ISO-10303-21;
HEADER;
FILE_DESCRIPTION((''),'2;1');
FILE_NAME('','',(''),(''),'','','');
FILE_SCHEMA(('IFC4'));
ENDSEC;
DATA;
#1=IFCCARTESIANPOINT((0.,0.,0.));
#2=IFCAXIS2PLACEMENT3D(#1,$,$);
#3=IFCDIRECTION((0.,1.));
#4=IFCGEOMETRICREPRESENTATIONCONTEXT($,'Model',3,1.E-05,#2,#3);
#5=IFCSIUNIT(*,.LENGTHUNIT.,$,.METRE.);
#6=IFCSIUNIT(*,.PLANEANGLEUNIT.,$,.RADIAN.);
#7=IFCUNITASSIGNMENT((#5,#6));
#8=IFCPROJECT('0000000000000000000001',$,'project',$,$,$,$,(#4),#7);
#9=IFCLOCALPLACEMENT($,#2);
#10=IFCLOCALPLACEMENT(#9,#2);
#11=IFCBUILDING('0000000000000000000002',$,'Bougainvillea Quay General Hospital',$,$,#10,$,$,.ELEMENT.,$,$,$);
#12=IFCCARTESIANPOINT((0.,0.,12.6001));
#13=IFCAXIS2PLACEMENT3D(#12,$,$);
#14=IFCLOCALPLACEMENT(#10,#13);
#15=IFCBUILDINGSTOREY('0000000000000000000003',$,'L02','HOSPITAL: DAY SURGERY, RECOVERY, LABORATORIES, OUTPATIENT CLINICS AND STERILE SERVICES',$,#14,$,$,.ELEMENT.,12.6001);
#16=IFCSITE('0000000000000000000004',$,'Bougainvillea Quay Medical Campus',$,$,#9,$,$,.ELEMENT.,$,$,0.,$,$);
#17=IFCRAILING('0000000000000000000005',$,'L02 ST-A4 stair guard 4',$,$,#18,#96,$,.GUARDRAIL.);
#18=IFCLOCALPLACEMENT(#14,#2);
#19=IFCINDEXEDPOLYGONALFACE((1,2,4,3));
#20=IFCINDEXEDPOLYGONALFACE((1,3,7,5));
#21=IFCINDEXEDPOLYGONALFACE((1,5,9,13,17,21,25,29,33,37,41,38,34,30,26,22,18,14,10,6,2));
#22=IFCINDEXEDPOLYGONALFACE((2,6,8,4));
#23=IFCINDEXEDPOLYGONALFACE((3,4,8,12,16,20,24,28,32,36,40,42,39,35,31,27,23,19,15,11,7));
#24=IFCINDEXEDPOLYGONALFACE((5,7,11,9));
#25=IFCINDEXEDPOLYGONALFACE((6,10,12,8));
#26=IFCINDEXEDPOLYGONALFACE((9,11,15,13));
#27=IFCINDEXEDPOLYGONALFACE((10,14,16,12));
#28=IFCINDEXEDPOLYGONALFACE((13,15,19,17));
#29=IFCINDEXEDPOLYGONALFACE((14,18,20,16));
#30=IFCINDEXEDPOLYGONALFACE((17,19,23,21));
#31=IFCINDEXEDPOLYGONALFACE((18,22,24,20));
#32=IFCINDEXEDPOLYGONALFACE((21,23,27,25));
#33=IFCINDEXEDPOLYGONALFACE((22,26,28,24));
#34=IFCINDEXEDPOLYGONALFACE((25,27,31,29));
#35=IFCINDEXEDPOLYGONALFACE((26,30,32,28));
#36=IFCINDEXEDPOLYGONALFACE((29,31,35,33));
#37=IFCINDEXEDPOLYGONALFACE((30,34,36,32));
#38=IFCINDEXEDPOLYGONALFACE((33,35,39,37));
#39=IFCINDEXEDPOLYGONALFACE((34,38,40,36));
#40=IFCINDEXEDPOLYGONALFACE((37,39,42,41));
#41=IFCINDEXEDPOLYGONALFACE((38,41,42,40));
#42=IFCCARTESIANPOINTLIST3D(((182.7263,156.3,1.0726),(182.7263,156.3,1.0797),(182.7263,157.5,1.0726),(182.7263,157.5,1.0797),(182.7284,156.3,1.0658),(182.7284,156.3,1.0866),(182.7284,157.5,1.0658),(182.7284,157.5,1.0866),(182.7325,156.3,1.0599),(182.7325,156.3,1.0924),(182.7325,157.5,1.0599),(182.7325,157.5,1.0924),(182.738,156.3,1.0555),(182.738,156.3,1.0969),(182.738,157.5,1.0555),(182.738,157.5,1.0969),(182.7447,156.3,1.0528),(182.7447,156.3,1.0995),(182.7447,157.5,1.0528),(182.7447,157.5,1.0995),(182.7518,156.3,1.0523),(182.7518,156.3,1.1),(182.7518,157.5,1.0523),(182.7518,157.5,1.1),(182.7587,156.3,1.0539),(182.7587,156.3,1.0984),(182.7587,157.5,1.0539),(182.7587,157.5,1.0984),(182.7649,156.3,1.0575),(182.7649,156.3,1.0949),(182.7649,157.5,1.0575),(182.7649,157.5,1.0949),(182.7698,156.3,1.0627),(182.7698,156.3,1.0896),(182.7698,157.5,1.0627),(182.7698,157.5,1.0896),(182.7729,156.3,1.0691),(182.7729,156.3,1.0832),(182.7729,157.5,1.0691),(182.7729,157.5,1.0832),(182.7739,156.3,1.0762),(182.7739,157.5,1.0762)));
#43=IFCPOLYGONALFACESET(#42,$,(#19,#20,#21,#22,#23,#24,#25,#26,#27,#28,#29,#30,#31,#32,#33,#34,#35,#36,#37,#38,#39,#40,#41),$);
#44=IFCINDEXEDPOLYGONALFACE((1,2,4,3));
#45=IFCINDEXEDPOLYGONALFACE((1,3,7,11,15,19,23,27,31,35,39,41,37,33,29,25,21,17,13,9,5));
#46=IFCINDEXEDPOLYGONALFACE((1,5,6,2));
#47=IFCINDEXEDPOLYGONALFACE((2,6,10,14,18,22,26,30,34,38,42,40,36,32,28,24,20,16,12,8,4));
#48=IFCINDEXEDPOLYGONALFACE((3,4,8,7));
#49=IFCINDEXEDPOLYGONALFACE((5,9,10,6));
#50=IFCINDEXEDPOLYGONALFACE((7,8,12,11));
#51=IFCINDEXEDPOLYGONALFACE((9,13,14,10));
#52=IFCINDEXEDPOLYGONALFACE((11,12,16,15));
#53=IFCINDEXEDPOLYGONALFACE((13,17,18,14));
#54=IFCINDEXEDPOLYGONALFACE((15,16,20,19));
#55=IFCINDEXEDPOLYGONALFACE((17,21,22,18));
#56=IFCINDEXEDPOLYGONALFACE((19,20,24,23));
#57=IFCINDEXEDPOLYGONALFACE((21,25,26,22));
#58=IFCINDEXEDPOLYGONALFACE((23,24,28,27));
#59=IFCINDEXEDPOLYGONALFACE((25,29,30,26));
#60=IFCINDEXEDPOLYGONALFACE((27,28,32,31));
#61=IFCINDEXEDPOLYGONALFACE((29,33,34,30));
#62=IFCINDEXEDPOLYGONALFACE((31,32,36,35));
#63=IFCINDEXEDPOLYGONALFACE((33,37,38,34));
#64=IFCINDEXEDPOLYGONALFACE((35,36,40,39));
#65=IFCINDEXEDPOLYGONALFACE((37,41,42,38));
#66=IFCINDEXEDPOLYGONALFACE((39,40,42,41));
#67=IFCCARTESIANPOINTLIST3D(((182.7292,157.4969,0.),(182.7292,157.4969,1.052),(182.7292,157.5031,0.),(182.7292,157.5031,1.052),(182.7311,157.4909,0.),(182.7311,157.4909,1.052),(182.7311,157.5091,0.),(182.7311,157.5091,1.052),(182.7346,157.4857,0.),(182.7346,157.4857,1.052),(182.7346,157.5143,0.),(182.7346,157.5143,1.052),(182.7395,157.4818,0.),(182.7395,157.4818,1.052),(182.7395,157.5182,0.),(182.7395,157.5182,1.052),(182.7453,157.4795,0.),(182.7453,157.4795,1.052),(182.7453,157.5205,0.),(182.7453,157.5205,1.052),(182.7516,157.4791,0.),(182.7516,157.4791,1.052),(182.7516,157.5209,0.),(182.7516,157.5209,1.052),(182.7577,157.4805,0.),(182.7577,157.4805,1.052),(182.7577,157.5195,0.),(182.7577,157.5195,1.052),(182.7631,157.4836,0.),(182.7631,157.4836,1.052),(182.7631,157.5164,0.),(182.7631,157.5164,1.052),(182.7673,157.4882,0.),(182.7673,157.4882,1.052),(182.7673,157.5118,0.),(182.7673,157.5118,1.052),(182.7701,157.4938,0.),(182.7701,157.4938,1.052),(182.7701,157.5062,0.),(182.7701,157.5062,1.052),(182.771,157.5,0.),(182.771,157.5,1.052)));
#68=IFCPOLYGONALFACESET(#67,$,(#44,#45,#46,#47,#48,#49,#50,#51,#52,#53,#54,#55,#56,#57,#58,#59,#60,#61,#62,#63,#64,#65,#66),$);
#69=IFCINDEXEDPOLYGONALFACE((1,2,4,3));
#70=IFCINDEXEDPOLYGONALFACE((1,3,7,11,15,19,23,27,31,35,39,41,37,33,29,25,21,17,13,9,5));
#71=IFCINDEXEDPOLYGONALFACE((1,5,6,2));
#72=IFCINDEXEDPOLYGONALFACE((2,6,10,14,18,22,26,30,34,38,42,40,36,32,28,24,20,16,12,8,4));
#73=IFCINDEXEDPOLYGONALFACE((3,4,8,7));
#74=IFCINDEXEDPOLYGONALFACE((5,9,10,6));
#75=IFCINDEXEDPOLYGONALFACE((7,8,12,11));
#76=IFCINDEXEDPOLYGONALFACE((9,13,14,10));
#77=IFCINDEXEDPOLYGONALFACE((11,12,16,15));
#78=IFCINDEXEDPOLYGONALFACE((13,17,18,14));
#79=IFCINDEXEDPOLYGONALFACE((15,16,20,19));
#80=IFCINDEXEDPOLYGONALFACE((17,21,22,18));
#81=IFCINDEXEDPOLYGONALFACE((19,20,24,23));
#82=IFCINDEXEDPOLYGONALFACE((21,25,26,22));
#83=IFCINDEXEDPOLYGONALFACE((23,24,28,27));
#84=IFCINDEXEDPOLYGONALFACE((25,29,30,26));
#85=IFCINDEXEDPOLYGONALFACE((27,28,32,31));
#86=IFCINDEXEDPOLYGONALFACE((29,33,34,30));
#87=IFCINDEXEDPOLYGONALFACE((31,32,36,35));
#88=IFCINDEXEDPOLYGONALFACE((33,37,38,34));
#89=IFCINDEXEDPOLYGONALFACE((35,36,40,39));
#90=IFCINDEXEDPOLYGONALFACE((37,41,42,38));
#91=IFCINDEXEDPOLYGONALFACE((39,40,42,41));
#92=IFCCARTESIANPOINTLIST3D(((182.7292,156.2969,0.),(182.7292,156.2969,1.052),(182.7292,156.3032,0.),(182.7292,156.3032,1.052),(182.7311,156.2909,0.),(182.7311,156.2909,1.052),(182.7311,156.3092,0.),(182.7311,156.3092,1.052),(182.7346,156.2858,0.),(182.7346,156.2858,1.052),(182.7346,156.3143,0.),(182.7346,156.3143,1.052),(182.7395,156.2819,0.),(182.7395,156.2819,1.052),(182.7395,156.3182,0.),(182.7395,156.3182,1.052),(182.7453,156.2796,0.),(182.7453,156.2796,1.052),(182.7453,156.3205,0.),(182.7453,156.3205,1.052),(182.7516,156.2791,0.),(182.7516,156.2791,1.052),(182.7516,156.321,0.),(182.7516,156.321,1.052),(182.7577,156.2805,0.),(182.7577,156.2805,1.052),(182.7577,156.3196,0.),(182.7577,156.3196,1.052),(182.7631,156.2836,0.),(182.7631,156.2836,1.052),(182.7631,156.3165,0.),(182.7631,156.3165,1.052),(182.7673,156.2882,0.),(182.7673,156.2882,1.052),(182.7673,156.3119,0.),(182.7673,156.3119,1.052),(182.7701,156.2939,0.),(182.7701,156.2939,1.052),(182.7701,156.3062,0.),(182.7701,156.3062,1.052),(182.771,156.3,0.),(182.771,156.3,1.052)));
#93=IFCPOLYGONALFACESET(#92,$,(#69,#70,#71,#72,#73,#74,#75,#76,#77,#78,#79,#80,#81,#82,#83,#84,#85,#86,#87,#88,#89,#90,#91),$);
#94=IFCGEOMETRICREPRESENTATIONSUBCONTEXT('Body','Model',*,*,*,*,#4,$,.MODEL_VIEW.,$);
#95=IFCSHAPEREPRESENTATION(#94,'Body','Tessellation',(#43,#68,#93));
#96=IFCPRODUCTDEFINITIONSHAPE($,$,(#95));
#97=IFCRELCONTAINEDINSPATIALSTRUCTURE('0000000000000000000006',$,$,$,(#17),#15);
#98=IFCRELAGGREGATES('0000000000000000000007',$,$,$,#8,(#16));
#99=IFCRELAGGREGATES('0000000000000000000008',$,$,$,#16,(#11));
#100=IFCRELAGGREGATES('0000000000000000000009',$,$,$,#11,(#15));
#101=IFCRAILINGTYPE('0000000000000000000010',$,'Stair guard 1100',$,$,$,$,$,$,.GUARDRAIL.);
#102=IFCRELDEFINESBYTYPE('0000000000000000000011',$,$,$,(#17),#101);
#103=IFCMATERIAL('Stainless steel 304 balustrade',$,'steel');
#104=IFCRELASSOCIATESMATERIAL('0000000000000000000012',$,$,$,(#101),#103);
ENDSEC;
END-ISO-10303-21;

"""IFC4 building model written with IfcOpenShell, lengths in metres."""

from ifc_helpers import new_model, si_unit, direction, frame, origin, origin_2d, place, context, subcontext, project, spatial, circle, extrude, material, type_object, element, save


model = new_model("IFC4")

# Units and contexts
model_context = context("Model", 3, precision=1e-05, world=origin(), true_north=direction((0.0, 1.0)))
body_context = subcontext(model_context, "Body", "Model", "MODEL_VIEW")
ifc_project = project(units=[si_unit("LENGTHUNIT", "METRE"), si_unit("PLANEANGLEUNIT", "RADIAN")], contexts=[model_context])

# Site, building, storey
site_placement = place(None, origin())
site = spatial("IfcSite", under=ifc_project, at=site_placement, Name="Bougainvillea Quay Medical Campus", CompositionType="ELEMENT", RefElevation=0.0)
building_placement = place(site_placement, origin())
building = spatial("IfcBuilding", under=site, at=building_placement, Name="Bougainvillea Quay General Hospital", CompositionType="ELEMENT")
storey_placement = place(building_placement, frame((0.0, 0.0, 12.6001)))
storey = spatial("IfcBuildingStorey", under=building, at=storey_placement, Name="L02", Description="HOSPITAL: DAY SURGERY, RECOVERY, LABORATORIES, OUTPATIENT CLINICS AND STERILE SERVICES", CompositionType="ELEMENT", Elevation=12.6001)

# Railing
ifc_material_1 = material(Name="Stainless steel 304 balustrade", Category="steel")
railing_type_1 = type_object("IfcRailingType", Name="Stair guard 1100", PredefinedType="GUARDRAIL", material=ifc_material_1)
railing_1_placement = place(storey_placement, frame((182.75, 157.5, 0.0)))
element("IfcRailing", 1, at=railing_1_placement, inside=storey, type_object=railing_type_1, Name="L02 ST-A4 stair guard 4", PredefinedType="GUARDRAIL", context=body_context, shape_type="SweptSolid", body=[
    extrude(circle(Radius=0.0239, at=origin_2d()), frame((0.0, 0.0, 1.0762), z_axis=(0.0, -1.0, 0.0), x_axis=(1.0, 0.0, 0.0)), (0.0, 0.0, 1.0), 1.2),
    extrude(circle(Radius=0.021, at=origin_2d()), origin(), (0.0, 0.0, 1.0), 1.052),
    extrude(circle(Radius=0.021, at=origin_2d()), frame((0.0, -1.2, 0.0)), (0.0, 0.0, 1.0), 1.052),
])

save(model, "model.ifc")
